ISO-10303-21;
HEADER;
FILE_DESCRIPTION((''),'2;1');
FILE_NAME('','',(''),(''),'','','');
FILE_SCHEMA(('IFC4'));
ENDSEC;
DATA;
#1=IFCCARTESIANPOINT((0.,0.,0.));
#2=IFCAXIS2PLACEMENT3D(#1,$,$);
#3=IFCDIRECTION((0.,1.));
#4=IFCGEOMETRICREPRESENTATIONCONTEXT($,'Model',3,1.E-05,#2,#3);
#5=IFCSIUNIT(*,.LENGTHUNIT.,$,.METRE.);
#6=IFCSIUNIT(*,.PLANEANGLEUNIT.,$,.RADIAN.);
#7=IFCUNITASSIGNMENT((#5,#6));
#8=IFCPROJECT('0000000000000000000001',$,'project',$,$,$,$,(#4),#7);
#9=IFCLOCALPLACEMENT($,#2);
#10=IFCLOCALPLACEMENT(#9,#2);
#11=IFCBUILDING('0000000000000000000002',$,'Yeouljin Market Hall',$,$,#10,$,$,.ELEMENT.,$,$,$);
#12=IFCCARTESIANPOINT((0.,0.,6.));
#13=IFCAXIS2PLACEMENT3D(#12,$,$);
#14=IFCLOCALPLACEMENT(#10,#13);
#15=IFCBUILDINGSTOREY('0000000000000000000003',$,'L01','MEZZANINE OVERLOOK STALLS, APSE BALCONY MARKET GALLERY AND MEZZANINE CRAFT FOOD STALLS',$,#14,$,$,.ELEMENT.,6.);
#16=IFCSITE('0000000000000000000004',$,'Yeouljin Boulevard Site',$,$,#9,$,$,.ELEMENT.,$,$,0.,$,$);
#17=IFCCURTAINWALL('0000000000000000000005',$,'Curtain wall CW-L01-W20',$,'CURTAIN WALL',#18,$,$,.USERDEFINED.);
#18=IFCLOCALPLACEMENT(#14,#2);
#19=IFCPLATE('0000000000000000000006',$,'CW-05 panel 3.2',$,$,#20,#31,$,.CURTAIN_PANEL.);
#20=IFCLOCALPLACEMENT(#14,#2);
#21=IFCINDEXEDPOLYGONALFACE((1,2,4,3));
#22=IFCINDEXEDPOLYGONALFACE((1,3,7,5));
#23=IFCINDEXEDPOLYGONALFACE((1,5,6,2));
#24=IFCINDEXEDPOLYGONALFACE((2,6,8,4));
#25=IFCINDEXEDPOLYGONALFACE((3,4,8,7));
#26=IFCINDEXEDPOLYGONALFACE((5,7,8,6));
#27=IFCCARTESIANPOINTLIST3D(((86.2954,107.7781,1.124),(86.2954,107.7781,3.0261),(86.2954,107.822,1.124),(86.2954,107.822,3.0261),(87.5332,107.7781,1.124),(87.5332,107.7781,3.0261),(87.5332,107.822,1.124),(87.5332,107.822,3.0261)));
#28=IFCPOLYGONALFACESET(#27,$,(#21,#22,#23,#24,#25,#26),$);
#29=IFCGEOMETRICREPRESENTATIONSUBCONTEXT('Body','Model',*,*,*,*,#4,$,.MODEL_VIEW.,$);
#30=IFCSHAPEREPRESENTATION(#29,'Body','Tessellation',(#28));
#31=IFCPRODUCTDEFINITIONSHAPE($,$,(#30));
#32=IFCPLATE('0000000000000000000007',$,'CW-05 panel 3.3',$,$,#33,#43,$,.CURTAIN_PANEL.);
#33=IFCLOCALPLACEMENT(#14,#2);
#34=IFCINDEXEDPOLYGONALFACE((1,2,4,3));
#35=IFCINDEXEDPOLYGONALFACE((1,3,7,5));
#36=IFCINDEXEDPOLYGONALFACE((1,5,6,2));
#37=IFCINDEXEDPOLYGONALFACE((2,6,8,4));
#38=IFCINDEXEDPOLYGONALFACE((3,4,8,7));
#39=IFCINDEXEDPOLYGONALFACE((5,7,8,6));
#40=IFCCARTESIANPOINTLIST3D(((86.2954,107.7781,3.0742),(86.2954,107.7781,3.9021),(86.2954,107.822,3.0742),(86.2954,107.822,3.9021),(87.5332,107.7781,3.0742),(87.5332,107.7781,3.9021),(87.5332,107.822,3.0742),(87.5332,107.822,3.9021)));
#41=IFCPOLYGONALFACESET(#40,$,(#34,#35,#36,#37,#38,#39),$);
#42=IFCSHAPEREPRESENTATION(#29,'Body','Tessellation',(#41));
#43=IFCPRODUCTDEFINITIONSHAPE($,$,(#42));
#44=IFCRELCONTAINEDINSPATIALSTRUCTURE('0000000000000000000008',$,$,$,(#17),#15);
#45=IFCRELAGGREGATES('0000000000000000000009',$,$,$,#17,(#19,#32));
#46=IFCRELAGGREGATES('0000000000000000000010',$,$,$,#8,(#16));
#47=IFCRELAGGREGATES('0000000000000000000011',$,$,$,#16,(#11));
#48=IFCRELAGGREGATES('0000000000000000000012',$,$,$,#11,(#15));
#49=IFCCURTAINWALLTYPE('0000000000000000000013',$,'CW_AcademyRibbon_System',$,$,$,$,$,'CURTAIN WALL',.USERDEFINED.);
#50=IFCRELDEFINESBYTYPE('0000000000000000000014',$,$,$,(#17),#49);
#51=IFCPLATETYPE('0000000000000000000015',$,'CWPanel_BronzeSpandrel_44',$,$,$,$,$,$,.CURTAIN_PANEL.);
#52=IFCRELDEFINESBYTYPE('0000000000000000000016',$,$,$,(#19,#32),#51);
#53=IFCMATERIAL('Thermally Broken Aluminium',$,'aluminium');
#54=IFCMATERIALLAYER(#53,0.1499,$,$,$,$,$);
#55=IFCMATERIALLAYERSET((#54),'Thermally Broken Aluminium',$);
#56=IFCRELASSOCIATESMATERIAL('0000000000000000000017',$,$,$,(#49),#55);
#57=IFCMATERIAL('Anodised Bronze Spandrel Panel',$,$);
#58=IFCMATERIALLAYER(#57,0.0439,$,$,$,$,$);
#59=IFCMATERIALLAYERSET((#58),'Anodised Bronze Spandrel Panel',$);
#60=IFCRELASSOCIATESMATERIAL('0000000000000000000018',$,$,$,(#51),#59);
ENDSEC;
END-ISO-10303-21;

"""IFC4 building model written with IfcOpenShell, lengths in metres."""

from ifc_helpers import new_model, si_unit, direction, frame, origin, origin_2d, place, context, subcontext, project, spatial, rectangle, extrude, material, layer, layer_set, type_object, element, aggregate, save


model = new_model("IFC4")

# Units and contexts
model_context = context("Model", 3, precision=1e-05, world=origin(), true_north=direction((0.0, 1.0)))
body_context = subcontext(model_context, "Body", "Model", "MODEL_VIEW")
ifc_project = project(units=[si_unit("LENGTHUNIT", "METRE"), si_unit("PLANEANGLEUNIT", "RADIAN")], contexts=[model_context])

# Site, building, storey
site_placement = place(None, origin())
site = spatial("IfcSite", under=ifc_project, at=site_placement, Name="Yeouljin Boulevard Site", CompositionType="ELEMENT", RefElevation=0.0)
building_placement = place(site_placement, origin())
building = spatial("IfcBuilding", under=site, at=building_placement, Name="Yeouljin Market Hall", CompositionType="ELEMENT")
storey_placement = place(building_placement, frame((0.0, 0.0, 6.0)))
storey = spatial("IfcBuildingStorey", under=building, at=storey_placement, Name="L01", Description="MEZZANINE OVERLOOK STALLS, APSE BALCONY MARKET GALLERY AND MEZZANINE CRAFT FOOD STALLS", CompositionType="ELEMENT", Elevation=6.0)

# Curtain wall
ifc_material_1 = material(Name="Thermally Broken Aluminium", Category="aluminium")
ifc_layer_1 = layer(ifc_material_1, 0.1499)
ifc_layer_set_1 = layer_set([ifc_layer_1], Name="Thermally Broken Aluminium")
curtain_wall_type = type_object("IfcCurtainWallType", Name="CW_AcademyRibbon_System", ElementType="CURTAIN WALL", PredefinedType="USERDEFINED", material=ifc_layer_set_1)
curtain_wall_placement = place(storey_placement, origin())
curtain_wall = element("IfcCurtainWall", 1, at=curtain_wall_placement, inside=storey, type_object=curtain_wall_type, Name="Curtain wall CW-L01-W20", ObjectType="CURTAIN WALL", PredefinedType="USERDEFINED")

# Plates
ifc_material_2 = material(Name="Anodised Bronze Spandrel Panel")
ifc_layer_2 = layer(ifc_material_2, 0.0439)
ifc_layer_set_2 = layer_set([ifc_layer_2], Name="Anodised Bronze Spandrel Panel")
plate_type = type_object("IfcPlateType", Name="CWPanel_BronzeSpandrel_44", PredefinedType="CURTAIN_PANEL", material=ifc_layer_set_2)
plate_1_placement = place(storey_placement, frame((86.9143, 107.8, 1.124), z_axis=(0.0, 0.0, 1.0), x_axis=(1.0, 0.0, 0.0)))
plate_1 = element("IfcPlate", 2, at=plate_1_placement, type_object=plate_type, Name="CW-05 panel 3.2", PredefinedType="CURTAIN_PANEL", context=body_context, shape_type="SweptSolid", body=[
    extrude(rectangle(XDim=1.2378, YDim=0.0439, at=origin_2d()), origin(), (0.0, 0.0, 1.0), 1.9021),
])
plate_2_placement = place(storey_placement, frame((86.9143, 107.8, 3.0742), z_axis=(0.0, 0.0, 1.0), x_axis=(1.0, 0.0, 0.0)))
plate_2 = element("IfcPlate", 3, at=plate_2_placement, type_object=plate_type, Name="CW-05 panel 3.3", PredefinedType="CURTAIN_PANEL", context=body_context, shape_type="SweptSolid", body=[
    extrude(rectangle(XDim=1.2378, YDim=0.0439, at=origin_2d()), origin(), (0.0, 0.0, 1.0), 0.8279),
])
aggregate(curtain_wall, [plate_1, plate_2])

save(model, "model.ifc")
